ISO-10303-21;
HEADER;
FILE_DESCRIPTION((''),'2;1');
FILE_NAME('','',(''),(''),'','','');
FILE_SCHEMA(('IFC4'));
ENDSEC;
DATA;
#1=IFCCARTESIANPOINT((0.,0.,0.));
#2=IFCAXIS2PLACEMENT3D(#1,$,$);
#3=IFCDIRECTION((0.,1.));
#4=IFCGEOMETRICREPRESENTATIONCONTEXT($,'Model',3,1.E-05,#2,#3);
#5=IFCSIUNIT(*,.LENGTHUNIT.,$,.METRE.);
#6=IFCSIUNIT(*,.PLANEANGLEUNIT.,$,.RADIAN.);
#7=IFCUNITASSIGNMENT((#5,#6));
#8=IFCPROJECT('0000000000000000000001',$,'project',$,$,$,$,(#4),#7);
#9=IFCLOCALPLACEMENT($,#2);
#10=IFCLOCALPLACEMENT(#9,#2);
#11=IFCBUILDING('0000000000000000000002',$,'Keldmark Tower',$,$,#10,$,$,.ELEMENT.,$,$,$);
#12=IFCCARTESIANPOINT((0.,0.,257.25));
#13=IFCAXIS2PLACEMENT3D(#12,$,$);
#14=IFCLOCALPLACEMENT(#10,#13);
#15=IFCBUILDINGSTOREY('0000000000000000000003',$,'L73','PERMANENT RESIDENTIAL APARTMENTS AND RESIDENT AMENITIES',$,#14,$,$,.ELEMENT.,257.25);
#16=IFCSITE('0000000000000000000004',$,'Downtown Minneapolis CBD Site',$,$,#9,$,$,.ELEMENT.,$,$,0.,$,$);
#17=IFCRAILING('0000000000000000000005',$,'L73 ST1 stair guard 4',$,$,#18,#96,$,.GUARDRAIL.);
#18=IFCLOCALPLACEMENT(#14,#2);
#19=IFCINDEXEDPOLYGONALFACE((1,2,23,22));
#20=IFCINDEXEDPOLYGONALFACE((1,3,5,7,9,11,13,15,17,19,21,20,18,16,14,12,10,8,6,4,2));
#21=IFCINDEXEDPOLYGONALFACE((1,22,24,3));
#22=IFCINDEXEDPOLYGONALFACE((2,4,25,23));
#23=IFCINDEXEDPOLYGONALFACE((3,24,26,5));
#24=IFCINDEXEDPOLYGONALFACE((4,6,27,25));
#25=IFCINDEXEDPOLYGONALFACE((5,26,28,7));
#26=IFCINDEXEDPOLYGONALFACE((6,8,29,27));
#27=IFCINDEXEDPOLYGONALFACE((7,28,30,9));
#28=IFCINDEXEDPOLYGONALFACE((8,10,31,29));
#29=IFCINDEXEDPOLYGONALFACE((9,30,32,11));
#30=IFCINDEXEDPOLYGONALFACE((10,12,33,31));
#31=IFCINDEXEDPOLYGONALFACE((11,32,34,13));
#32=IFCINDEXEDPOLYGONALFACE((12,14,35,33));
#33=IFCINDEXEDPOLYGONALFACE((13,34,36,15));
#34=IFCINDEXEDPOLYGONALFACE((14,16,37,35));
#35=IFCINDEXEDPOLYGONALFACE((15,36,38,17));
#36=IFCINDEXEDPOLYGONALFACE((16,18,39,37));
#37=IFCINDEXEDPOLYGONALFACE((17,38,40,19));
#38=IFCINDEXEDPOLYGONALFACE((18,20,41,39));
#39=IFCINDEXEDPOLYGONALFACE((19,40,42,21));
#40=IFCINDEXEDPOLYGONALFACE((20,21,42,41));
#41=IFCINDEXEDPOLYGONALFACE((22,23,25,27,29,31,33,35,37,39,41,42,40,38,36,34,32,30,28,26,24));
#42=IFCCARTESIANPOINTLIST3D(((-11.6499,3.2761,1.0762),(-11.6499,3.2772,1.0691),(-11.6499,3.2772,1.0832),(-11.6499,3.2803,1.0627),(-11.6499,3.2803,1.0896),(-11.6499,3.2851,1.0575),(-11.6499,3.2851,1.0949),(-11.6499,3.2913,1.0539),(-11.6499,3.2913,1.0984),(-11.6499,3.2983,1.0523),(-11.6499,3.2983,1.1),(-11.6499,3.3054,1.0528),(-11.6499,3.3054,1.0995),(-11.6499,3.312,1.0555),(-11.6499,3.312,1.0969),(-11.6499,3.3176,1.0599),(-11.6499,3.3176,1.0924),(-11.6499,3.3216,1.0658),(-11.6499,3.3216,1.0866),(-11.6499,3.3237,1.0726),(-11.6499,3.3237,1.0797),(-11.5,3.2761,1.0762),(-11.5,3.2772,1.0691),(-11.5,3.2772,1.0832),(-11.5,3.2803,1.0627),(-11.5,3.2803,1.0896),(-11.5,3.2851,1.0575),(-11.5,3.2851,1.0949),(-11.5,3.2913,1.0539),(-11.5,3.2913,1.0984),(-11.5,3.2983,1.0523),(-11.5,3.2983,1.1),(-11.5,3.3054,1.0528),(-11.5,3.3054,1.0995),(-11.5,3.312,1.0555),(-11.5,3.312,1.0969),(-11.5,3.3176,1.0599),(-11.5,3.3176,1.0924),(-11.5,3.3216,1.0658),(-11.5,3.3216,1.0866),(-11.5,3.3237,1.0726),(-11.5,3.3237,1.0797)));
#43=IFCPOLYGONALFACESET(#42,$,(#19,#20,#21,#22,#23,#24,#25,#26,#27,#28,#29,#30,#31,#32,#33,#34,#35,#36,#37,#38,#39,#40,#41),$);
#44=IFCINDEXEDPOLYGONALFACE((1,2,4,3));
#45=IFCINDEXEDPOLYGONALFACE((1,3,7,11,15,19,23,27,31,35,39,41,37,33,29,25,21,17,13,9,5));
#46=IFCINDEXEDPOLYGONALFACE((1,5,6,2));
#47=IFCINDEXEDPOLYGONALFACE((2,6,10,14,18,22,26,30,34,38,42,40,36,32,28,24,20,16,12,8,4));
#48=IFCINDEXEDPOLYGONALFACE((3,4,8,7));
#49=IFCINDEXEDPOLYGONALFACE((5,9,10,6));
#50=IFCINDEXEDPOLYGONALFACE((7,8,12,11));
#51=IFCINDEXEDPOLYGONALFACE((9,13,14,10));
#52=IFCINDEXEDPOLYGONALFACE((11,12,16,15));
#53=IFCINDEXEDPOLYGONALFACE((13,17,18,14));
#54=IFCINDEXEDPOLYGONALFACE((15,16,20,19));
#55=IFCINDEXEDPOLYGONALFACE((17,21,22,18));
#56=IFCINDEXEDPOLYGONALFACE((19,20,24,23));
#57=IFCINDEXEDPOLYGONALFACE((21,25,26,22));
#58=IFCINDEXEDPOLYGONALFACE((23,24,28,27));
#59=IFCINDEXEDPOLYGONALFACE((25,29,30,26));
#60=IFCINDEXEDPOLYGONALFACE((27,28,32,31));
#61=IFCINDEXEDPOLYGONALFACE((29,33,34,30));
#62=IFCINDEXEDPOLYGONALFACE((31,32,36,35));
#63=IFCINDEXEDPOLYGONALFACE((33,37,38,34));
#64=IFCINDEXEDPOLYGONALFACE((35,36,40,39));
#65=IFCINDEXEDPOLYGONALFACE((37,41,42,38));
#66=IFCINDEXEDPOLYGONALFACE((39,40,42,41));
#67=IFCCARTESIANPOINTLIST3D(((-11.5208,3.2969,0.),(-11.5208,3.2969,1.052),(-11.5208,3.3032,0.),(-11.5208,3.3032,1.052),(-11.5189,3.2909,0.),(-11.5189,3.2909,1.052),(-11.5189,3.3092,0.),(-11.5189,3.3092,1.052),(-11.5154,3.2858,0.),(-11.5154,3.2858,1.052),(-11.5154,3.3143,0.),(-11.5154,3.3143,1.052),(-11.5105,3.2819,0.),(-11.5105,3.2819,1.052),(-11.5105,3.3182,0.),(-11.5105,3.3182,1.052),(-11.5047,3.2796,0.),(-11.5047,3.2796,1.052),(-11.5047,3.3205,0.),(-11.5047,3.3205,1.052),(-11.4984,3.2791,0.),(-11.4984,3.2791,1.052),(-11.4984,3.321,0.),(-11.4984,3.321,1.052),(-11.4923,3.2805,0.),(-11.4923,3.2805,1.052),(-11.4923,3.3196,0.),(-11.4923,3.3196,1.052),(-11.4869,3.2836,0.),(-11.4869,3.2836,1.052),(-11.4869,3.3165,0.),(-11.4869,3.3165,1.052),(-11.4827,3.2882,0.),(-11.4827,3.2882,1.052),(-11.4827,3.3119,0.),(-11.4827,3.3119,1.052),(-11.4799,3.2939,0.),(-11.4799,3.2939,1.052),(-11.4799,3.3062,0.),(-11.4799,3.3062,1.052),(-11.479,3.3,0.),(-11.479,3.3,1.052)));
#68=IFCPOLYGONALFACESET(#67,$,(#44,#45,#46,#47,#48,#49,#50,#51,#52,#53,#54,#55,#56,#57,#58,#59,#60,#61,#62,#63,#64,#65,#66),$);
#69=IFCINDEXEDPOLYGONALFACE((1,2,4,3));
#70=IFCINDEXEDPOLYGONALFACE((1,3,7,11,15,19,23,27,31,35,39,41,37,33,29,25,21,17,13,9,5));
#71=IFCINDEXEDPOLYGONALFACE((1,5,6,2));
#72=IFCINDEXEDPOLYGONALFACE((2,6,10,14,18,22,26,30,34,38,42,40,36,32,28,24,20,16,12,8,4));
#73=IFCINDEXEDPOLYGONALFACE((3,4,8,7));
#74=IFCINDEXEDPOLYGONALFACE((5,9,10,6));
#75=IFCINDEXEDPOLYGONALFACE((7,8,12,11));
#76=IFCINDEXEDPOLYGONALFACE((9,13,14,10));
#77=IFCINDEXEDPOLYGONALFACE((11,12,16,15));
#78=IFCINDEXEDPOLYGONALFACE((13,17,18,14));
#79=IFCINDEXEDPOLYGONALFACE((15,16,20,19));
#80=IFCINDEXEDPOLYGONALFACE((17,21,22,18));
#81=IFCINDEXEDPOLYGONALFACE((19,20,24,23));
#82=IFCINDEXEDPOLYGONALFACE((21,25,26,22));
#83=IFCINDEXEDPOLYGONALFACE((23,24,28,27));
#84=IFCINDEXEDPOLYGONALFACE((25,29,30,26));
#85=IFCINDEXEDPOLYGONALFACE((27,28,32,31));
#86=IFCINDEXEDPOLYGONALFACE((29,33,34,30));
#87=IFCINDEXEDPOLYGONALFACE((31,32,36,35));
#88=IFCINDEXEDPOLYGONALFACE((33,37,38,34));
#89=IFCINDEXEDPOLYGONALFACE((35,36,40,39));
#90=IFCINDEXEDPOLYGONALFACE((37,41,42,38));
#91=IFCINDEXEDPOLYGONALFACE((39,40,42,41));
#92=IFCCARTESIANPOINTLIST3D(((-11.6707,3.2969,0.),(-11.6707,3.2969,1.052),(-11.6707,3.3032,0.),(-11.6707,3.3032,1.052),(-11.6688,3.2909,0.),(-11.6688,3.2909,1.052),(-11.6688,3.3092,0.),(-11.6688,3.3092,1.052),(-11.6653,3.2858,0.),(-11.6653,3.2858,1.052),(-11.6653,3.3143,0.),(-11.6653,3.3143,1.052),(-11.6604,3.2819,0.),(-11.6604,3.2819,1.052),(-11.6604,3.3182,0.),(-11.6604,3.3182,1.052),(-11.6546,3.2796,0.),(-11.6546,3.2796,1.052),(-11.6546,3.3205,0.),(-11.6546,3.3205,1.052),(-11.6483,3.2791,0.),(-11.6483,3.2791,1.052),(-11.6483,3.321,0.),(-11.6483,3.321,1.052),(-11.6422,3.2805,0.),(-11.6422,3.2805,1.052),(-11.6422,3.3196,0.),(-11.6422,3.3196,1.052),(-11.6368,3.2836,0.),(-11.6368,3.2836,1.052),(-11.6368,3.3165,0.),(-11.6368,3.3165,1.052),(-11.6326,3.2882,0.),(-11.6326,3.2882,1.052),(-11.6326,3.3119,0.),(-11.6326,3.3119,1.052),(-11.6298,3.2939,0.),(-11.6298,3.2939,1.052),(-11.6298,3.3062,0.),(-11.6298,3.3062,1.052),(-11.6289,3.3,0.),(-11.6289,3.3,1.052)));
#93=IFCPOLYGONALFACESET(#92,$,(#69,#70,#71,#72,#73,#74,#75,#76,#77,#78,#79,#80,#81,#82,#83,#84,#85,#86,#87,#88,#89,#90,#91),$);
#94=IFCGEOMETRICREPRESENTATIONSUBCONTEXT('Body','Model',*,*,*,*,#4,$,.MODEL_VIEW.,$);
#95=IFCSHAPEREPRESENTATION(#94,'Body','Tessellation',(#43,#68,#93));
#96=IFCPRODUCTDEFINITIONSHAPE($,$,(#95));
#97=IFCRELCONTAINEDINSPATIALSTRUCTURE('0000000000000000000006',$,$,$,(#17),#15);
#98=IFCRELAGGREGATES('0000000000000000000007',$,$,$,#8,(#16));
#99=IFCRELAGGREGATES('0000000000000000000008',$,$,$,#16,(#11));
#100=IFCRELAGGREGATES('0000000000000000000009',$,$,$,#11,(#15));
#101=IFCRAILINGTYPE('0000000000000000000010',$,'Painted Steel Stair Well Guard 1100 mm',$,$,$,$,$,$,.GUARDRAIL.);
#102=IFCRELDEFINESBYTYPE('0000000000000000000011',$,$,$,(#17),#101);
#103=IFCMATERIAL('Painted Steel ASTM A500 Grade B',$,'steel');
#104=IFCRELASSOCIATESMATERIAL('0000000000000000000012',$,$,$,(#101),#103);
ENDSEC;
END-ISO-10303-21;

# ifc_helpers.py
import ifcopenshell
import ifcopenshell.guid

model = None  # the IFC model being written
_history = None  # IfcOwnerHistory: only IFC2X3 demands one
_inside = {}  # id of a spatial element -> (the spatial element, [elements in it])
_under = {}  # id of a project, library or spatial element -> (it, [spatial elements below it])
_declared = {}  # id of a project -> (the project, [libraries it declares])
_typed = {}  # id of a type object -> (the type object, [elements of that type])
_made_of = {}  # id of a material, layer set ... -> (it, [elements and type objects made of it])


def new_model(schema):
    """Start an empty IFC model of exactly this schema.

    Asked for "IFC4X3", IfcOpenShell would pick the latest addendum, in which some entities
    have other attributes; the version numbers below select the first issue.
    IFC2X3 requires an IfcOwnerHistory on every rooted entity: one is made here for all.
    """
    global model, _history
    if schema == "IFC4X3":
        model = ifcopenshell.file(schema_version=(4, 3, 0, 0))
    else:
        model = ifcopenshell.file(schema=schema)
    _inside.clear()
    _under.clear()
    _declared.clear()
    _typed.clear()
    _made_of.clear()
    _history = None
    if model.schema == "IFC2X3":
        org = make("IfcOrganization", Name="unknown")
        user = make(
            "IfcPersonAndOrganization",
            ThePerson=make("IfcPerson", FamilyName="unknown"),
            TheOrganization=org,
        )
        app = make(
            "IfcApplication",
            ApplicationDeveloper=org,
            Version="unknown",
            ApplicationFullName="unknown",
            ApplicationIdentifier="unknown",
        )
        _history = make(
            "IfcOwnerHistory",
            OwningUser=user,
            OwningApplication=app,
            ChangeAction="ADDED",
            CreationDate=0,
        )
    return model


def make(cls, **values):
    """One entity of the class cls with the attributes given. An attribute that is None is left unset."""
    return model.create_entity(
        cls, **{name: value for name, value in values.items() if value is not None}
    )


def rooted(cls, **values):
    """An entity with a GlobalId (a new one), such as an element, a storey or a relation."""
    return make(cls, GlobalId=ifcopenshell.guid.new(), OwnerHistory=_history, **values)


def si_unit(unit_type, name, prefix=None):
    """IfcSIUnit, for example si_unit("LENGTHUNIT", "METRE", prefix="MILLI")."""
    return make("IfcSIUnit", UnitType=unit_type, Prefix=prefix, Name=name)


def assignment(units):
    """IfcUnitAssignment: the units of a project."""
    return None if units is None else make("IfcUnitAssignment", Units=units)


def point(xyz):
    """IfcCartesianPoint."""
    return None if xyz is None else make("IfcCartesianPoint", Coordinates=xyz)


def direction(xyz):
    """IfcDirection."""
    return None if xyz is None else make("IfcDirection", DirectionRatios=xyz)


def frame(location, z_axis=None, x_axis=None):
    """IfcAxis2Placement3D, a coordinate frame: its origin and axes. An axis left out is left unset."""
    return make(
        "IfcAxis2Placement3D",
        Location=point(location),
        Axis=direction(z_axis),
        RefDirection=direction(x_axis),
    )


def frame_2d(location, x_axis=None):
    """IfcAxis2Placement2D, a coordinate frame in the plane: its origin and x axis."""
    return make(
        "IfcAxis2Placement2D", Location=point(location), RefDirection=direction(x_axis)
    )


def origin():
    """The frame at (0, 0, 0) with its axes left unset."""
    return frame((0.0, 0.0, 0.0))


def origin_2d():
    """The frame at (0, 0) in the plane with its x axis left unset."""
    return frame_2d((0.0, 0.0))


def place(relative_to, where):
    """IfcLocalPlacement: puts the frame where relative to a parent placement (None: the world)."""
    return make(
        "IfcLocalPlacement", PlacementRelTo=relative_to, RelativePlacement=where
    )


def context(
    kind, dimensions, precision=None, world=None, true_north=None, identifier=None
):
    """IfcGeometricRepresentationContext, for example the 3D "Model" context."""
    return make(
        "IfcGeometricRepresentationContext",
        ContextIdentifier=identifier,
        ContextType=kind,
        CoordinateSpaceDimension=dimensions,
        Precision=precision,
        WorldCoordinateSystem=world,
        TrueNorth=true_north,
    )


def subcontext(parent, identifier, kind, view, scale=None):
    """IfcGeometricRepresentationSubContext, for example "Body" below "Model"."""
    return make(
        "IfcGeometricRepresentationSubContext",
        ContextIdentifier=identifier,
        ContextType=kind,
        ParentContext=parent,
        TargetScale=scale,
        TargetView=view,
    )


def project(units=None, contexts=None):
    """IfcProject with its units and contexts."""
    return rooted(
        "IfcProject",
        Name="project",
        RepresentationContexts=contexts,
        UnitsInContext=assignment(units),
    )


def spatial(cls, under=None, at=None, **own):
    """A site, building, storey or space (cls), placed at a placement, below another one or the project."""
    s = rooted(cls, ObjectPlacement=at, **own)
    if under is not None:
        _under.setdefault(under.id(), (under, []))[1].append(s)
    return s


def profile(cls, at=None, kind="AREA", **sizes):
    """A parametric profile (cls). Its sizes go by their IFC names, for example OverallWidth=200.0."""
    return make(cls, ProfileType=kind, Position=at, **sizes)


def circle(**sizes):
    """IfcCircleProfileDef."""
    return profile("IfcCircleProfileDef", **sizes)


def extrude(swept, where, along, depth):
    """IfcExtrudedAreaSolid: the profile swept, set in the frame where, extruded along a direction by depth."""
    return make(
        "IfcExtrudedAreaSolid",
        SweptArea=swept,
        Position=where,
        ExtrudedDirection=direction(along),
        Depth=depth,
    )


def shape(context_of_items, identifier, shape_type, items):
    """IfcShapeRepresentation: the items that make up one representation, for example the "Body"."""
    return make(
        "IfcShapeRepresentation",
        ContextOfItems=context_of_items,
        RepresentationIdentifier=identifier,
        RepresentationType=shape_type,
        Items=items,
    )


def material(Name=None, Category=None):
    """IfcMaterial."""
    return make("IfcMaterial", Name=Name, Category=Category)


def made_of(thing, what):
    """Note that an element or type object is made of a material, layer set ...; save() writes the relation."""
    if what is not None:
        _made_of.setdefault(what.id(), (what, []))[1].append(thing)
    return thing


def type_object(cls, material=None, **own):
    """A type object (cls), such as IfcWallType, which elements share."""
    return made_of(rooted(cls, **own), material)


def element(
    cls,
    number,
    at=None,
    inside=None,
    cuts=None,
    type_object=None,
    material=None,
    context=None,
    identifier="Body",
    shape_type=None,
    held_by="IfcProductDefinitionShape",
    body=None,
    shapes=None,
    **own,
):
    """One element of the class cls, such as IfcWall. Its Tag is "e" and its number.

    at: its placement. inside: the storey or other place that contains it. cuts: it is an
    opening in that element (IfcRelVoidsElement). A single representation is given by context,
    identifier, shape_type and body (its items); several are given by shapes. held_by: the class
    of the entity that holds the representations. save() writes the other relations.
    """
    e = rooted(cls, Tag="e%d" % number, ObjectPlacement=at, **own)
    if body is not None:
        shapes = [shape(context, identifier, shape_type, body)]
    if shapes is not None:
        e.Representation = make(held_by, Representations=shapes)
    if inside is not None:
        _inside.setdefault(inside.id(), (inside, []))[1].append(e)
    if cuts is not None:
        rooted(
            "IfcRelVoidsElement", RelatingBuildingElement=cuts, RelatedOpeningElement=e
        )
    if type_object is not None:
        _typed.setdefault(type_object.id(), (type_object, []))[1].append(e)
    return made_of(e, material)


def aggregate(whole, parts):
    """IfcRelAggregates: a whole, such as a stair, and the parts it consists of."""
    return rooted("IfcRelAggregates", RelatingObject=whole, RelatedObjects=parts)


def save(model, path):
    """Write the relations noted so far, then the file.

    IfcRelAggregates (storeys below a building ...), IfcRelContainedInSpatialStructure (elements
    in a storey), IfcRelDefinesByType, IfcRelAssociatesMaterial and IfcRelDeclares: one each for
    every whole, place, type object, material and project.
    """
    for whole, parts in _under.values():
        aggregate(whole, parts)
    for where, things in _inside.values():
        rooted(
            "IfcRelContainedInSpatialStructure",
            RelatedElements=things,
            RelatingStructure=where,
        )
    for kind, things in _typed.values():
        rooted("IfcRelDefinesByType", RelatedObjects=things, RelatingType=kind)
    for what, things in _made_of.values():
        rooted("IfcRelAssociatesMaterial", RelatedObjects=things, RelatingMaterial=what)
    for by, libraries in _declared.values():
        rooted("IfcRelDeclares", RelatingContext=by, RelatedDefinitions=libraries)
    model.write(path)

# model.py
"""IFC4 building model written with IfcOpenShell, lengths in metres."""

from ifc_helpers import new_model, si_unit, direction, frame, origin, origin_2d, place, context, subcontext, project, spatial, circle, extrude, material, type_object, element, save


model = new_model("IFC4")

# Units and contexts
model_context = context("Model", 3, precision=1e-05, world=origin(), true_north=direction((0.0, 1.0)))
body_context = subcontext(model_context, "Body", "Model", "MODEL_VIEW")
ifc_project = project(units=[si_unit("LENGTHUNIT", "METRE"), si_unit("PLANEANGLEUNIT", "RADIAN")], contexts=[model_context])

# Site, building, storey
site_placement = place(None, origin())
site = spatial("IfcSite", under=ifc_project, at=site_placement, Name="Downtown Minneapolis CBD Site", CompositionType="ELEMENT", RefElevation=0.0)
building_placement = place(site_placement, origin())
building = spatial("IfcBuilding", under=site, at=building_placement, Name="Keldmark Tower", CompositionType="ELEMENT")
storey_placement = place(building_placement, frame((0.0, 0.0, 257.25)))
storey = spatial("IfcBuildingStorey", under=building, at=storey_placement, Name="L73", Description="PERMANENT RESIDENTIAL APARTMENTS AND RESIDENT AMENITIES", CompositionType="ELEMENT", Elevation=257.25)

# Railing
ifc_material_1 = material(Name="Painted Steel ASTM A500 Grade B", Category="steel")
railing_type_1 = type_object("IfcRailingType", Name="Painted Steel Stair Well Guard 1100 mm", PredefinedType="GUARDRAIL", material=ifc_material_1)
railing_1_placement = place(storey_placement, frame((-11.5, 3.3, 0.0)))
element("IfcRailing", 1, at=railing_1_placement, inside=storey, type_object=railing_type_1, Name="L73 ST1 stair guard 4", PredefinedType="GUARDRAIL", context=body_context, shape_type="SweptSolid", body=[
    extrude(circle(Radius=0.0239, at=origin_2d()), frame((0.0, 0.0, 1.0762), z_axis=(-1.0, 0.0, 0.0), x_axis=(0.0, -1.0, 0.0)), (0.0, 0.0, 1.0), 0.1499),
    extrude(circle(Radius=0.021, at=origin_2d()), origin(), (0.0, 0.0, 1.0), 1.052),
    extrude(circle(Radius=0.021, at=origin_2d()), frame((-0.1499, 0.0, 0.0)), (0.0, 0.0, 1.0), 1.052),
])

save(model, "model.ifc")
